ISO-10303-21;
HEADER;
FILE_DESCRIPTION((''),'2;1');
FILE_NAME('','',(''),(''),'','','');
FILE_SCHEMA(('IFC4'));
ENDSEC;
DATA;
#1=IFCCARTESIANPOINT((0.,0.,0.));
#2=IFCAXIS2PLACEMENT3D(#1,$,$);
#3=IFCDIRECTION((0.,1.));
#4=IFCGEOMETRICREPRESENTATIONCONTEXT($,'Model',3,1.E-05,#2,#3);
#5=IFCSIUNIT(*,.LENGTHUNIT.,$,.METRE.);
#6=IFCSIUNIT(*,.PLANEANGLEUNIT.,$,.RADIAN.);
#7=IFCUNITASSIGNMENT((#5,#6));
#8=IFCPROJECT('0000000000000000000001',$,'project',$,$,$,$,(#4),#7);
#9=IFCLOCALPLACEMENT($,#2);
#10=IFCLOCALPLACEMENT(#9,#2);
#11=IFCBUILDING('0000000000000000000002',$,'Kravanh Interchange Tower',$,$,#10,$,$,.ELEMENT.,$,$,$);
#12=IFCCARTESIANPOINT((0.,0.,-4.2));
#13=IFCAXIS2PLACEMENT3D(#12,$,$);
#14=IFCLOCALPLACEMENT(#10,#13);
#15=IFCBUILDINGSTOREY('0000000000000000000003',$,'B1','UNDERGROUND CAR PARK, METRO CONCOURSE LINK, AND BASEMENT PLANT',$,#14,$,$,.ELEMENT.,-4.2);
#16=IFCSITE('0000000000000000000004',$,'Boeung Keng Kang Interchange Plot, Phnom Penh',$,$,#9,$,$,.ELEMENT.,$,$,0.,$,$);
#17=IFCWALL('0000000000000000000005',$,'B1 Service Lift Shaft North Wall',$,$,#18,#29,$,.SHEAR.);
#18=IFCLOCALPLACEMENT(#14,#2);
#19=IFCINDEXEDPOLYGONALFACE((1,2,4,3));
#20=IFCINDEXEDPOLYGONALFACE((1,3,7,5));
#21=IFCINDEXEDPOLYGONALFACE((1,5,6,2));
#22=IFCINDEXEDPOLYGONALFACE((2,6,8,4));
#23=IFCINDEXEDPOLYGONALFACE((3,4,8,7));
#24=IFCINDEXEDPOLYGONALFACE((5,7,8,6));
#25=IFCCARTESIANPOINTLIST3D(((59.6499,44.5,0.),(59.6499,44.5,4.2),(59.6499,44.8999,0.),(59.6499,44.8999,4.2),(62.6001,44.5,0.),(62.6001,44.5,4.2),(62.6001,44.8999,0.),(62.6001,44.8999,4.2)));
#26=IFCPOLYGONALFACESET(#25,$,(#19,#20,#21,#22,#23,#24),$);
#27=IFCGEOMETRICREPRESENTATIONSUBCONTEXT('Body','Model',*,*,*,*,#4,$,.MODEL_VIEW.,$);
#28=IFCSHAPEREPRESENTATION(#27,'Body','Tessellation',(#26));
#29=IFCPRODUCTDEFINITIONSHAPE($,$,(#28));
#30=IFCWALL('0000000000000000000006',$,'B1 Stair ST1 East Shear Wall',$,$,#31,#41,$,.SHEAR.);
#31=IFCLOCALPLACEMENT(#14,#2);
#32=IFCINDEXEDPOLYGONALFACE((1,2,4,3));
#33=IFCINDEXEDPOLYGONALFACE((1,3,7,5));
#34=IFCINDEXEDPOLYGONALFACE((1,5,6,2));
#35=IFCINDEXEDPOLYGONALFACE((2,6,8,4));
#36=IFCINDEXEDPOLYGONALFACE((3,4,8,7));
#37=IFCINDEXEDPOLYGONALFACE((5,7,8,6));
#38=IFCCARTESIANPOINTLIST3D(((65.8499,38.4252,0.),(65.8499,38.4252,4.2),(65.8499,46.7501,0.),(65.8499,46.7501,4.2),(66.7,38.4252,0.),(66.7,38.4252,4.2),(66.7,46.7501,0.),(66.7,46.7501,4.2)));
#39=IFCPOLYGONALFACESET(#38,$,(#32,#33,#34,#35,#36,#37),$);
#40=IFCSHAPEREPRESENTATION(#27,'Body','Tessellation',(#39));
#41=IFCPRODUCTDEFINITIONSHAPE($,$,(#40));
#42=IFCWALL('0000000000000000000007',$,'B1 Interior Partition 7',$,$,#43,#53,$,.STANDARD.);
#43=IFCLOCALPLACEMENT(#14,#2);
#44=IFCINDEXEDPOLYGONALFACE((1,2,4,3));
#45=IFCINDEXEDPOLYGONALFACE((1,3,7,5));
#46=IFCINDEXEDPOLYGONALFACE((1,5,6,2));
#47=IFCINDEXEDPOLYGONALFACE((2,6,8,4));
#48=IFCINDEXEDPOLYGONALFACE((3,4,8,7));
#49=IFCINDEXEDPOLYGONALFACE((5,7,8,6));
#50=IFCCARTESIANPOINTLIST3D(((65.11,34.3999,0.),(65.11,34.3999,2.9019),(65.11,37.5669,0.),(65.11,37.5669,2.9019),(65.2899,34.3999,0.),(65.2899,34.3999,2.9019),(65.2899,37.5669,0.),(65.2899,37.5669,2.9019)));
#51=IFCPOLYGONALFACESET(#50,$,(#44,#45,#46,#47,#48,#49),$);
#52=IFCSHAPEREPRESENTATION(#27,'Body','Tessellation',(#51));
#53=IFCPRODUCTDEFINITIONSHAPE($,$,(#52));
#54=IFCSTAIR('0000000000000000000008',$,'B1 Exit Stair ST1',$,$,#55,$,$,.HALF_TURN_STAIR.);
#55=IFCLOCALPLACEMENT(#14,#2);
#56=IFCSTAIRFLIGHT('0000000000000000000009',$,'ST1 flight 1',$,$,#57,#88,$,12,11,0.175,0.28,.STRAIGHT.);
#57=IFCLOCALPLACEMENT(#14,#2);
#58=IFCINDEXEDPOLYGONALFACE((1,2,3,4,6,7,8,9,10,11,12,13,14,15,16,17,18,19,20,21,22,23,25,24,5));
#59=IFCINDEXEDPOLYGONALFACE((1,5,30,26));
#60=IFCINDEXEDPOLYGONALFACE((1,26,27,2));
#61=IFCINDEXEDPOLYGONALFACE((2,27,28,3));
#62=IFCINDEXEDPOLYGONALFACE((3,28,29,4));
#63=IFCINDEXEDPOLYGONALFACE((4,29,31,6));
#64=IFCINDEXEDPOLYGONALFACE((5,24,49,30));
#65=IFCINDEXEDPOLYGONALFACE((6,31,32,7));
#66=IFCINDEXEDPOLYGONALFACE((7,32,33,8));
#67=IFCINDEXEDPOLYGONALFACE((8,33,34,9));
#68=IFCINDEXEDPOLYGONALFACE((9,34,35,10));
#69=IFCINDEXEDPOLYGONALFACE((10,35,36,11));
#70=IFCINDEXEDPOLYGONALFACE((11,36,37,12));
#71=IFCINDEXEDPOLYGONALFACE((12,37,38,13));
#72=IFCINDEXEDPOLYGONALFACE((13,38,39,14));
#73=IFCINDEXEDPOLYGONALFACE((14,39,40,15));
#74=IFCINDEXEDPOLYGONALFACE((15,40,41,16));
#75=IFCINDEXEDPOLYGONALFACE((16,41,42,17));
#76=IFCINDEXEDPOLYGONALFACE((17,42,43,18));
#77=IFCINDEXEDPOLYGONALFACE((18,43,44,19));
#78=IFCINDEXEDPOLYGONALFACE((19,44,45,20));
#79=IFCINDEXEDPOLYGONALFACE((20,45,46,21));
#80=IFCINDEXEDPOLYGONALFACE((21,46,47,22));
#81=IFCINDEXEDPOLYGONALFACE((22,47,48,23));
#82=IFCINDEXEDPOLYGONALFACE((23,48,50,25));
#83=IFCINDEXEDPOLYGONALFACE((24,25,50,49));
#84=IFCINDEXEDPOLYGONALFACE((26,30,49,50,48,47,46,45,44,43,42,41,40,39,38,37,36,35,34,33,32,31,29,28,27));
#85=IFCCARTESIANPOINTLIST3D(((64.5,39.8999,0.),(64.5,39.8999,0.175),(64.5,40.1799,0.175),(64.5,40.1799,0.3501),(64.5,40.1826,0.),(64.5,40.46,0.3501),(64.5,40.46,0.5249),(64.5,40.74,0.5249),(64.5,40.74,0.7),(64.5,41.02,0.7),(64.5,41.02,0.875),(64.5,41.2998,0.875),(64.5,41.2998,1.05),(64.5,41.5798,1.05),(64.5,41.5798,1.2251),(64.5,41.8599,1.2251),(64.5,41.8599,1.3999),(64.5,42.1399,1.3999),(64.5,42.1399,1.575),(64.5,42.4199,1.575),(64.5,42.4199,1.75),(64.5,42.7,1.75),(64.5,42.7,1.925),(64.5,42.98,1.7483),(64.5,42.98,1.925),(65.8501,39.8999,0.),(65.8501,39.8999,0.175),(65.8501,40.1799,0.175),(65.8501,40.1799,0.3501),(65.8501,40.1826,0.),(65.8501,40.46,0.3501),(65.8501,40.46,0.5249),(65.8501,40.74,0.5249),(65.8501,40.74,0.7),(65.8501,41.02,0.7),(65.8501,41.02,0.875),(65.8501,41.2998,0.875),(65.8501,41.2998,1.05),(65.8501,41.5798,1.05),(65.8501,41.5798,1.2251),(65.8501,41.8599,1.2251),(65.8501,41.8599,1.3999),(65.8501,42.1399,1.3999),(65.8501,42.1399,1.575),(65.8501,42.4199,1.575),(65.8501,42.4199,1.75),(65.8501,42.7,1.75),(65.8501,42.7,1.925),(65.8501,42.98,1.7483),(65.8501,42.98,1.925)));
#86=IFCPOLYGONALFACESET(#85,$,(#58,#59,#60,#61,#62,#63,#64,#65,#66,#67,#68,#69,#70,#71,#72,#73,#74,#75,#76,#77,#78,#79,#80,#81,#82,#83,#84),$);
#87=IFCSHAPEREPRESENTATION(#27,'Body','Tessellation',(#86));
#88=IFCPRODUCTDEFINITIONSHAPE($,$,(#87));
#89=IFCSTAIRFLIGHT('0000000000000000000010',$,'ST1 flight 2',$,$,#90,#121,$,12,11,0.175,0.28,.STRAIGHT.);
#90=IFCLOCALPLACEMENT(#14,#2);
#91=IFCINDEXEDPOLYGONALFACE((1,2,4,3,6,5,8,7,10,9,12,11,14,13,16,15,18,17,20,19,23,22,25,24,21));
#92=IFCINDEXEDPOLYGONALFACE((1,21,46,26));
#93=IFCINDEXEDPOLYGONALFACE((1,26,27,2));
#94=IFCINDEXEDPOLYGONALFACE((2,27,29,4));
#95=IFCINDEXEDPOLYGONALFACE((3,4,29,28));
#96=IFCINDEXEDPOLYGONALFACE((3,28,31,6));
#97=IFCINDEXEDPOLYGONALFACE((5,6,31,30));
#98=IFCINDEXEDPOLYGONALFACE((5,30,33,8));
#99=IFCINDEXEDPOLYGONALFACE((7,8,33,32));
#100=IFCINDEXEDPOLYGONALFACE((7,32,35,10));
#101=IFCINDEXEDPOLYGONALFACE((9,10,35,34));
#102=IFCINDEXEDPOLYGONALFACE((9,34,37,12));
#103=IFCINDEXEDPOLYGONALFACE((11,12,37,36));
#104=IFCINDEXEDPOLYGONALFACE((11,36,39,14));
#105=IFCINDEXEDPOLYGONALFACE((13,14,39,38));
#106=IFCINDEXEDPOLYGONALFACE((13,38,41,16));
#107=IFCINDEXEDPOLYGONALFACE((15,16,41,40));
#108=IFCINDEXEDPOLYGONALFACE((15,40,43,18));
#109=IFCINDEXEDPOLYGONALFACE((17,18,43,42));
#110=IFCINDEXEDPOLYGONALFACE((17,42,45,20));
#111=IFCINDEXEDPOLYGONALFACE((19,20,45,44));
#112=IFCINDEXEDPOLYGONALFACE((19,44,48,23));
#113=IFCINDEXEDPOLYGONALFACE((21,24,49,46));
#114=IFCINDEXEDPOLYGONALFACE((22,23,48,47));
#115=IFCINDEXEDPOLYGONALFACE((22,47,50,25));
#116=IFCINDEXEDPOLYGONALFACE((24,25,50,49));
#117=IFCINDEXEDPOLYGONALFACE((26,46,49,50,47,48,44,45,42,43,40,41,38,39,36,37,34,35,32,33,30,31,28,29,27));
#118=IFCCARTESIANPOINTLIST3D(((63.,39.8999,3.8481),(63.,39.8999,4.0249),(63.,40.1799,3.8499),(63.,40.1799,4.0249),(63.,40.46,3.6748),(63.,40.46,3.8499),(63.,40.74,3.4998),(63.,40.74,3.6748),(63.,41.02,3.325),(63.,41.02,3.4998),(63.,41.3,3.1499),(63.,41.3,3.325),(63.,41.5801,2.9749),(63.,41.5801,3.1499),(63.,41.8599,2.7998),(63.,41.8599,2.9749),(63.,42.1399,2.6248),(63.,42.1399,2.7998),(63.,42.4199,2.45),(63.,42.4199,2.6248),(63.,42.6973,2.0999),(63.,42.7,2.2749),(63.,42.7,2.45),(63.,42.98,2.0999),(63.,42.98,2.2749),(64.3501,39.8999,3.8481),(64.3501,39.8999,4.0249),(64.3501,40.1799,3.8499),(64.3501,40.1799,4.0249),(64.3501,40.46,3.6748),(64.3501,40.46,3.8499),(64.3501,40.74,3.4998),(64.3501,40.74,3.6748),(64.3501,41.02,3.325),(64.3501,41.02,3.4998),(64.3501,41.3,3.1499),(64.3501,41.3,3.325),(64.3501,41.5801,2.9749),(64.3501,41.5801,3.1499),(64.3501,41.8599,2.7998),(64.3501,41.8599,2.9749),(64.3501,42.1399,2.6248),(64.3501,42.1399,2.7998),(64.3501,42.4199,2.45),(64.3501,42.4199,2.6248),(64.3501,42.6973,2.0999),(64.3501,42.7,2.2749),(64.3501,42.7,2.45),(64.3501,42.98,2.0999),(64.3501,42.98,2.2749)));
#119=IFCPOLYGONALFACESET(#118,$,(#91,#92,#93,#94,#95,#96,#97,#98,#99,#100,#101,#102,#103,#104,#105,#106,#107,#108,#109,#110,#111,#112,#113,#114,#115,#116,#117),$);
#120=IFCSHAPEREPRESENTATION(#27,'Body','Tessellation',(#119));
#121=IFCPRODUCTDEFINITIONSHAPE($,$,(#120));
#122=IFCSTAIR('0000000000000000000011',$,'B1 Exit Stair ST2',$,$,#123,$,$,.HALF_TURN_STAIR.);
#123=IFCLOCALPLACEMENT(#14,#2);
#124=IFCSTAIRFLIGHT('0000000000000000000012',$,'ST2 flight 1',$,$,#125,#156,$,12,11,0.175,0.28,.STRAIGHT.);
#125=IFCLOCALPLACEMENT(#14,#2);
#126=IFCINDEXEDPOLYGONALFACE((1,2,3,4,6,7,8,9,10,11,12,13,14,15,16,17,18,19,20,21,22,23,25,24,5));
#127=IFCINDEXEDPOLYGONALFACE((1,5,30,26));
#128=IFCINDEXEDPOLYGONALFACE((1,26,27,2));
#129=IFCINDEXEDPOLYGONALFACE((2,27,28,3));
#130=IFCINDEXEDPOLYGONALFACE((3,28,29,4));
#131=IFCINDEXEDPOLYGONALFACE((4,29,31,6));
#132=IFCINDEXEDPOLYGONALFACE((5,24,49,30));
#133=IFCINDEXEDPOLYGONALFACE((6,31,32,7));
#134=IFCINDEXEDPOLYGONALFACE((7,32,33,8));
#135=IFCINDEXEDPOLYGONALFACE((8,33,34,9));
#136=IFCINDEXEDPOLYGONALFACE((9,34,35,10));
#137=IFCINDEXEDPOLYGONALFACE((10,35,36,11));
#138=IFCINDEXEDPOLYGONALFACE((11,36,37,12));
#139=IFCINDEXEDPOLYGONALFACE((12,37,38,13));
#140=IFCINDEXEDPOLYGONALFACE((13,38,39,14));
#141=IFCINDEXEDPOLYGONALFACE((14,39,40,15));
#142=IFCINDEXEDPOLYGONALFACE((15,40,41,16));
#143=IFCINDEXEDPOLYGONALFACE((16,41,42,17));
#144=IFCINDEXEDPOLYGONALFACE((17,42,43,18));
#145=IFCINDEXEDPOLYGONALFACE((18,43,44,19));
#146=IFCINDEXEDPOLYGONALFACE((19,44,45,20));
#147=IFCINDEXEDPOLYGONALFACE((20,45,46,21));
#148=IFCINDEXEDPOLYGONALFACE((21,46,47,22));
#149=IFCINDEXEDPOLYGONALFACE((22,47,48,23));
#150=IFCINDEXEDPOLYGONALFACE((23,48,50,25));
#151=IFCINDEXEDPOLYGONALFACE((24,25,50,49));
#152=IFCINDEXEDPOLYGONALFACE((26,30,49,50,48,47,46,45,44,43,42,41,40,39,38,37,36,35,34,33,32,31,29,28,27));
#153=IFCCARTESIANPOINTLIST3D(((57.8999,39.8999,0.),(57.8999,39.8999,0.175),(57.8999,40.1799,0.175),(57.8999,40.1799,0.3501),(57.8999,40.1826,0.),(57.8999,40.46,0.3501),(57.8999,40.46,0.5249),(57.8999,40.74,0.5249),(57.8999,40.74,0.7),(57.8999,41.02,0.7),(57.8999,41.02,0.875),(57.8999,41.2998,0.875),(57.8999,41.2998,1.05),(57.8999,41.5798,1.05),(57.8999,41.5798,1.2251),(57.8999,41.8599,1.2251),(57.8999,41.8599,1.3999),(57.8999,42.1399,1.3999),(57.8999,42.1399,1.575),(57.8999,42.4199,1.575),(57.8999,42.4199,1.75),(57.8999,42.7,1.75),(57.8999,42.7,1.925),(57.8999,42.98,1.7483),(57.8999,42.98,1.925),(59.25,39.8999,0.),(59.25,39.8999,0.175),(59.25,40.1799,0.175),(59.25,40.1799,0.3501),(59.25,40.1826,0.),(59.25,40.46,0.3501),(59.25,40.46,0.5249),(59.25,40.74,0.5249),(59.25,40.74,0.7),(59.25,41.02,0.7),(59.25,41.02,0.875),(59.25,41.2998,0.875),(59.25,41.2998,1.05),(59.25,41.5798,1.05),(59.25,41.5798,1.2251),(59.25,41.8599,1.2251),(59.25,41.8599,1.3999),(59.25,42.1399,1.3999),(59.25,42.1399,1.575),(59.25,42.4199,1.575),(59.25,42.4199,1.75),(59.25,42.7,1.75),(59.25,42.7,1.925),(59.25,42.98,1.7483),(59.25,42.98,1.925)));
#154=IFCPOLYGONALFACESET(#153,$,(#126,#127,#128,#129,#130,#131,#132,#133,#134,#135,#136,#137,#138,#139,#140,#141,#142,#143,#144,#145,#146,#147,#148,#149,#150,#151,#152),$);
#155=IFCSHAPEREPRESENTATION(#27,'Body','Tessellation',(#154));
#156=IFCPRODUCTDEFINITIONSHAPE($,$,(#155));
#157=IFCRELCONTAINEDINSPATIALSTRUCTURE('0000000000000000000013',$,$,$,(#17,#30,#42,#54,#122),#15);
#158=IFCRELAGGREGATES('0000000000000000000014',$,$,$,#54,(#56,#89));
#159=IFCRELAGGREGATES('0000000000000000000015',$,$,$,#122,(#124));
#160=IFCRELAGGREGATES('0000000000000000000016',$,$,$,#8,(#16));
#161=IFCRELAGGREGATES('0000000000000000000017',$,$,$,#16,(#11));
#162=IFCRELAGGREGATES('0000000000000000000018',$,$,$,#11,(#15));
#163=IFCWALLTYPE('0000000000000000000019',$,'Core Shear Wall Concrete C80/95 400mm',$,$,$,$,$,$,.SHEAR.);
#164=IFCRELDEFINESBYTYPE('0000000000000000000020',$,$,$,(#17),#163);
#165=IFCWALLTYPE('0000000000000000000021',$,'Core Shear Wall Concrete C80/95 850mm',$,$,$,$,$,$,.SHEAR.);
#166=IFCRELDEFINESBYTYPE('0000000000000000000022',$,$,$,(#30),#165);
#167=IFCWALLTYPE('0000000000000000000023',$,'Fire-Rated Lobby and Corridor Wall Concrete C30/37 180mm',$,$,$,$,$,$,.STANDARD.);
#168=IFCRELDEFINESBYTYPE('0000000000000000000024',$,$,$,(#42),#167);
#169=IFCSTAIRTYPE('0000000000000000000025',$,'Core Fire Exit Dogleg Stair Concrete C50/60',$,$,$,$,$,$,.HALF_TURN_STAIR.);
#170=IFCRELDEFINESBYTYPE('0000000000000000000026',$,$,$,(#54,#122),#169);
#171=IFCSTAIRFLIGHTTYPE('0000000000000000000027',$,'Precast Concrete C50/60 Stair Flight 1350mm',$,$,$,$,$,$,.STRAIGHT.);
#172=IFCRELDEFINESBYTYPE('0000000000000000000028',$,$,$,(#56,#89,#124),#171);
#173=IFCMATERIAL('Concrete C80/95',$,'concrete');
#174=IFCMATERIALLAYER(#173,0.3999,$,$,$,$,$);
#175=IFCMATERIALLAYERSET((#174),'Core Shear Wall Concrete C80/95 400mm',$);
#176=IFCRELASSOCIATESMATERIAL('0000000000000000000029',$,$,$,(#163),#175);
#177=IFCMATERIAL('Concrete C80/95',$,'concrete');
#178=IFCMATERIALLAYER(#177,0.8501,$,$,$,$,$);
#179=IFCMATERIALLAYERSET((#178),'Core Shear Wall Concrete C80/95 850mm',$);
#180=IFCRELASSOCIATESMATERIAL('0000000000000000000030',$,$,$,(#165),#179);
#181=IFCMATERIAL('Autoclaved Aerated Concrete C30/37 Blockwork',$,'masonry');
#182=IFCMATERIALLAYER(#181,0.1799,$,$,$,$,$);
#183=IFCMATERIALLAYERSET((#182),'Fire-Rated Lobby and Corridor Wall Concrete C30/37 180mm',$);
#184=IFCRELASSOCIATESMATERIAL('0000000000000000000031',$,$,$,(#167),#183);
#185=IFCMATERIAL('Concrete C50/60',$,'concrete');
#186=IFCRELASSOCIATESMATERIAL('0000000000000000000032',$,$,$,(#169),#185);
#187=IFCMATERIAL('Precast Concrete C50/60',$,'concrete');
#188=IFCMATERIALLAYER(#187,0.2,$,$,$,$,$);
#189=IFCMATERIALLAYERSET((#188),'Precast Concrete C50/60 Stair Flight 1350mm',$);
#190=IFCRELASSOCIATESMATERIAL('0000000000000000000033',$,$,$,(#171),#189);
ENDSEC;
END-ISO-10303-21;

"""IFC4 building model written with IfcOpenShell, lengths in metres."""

from ifc_helpers import new_model, si_unit, direction, frame, frame_2d, origin, place, context, subcontext, project, spatial, polyline, rectangle, outline, extrude, material, layer, layer_set, type_object, element, aggregate, save


model = new_model("IFC4")

# Units and contexts
model_context = context("Model", 3, precision=1e-05, world=origin(), true_north=direction((0.0, 1.0)))
body_context = subcontext(model_context, "Body", "Model", "MODEL_VIEW")
ifc_project = project(units=[si_unit("LENGTHUNIT", "METRE"), si_unit("PLANEANGLEUNIT", "RADIAN")], contexts=[model_context])

# Site, building, storey
site_placement = place(None, origin())
site = spatial("IfcSite", under=ifc_project, at=site_placement, Name="Boeung Keng Kang Interchange Plot, Phnom Penh", CompositionType="ELEMENT", RefElevation=0.0)
building_placement = place(site_placement, origin())
building = spatial("IfcBuilding", under=site, at=building_placement, Name="Kravanh Interchange Tower", CompositionType="ELEMENT")
storey_placement = place(building_placement, frame((0.0, 0.0, -4.2)))
storey = spatial("IfcBuildingStorey", under=building, at=storey_placement, Name="B1", Description="UNDERGROUND CAR PARK, METRO CONCOURSE LINK, AND BASEMENT PLANT", CompositionType="ELEMENT", Elevation=-4.2)

# Shared definitions
ifc_material_1 = material(Name="Concrete C80/95", Category="concrete")
ifc_layer_1 = layer(ifc_material_1, 0.3999)
ifc_layer_set_1 = layer_set([ifc_layer_1], Name="Core Shear Wall Concrete C80/95 400mm")
wall_type_1 = type_object("IfcWallType", Name="Core Shear Wall Concrete C80/95 400mm", PredefinedType="SHEAR", material=ifc_layer_set_1)

# Walls
wall_1_placement = place(storey_placement, frame((59.6499, 44.7, 0.0), z_axis=(0.0, 0.0, 1.0), x_axis=(1.0, 0.0, 0.0)))
element("IfcWall", 1, at=wall_1_placement, inside=storey, type_object=wall_type_1, Name="B1 Service Lift Shaft North Wall", PredefinedType="SHEAR", context=body_context, shape_type="SweptSolid", body=[
    extrude(rectangle(XDim=2.9502, YDim=0.3999, at=frame_2d((1.4751, 0.0))), origin(), (0.0, 0.0, 1.0), 4.2),
])
ifc_material_2 = material(Name="Concrete C80/95", Category="concrete")
ifc_layer_2 = layer(ifc_material_2, 0.8501)
ifc_layer_set_2 = layer_set([ifc_layer_2], Name="Core Shear Wall Concrete C80/95 850mm")
wall_type_2 = type_object("IfcWallType", Name="Core Shear Wall Concrete C80/95 850mm", PredefinedType="SHEAR", material=ifc_layer_set_2)
wall_2_placement = place(storey_placement, frame((66.2749, 38.425, 0.0), z_axis=(0.0, 0.0, 1.0), x_axis=(0.0, 1.0, 0.0)))
element("IfcWall", 2, at=wall_2_placement, inside=storey, type_object=wall_type_2, Name="B1 Stair ST1 East Shear Wall", PredefinedType="SHEAR", context=body_context, shape_type="SweptSolid", body=[
    extrude(rectangle(XDim=8.325, YDim=0.8501, at=frame_2d((4.1626, 0.0))), origin(), (0.0, 0.0, 1.0), 4.2),
])
ifc_material_3 = material(Name="Autoclaved Aerated Concrete C30/37 Blockwork", Category="masonry")
ifc_layer_3 = layer(ifc_material_3, 0.1799)
ifc_layer_set_3 = layer_set([ifc_layer_3], Name="Fire-Rated Lobby and Corridor Wall Concrete C30/37 180mm")
wall_type_3 = type_object("IfcWallType", Name="Fire-Rated Lobby and Corridor Wall Concrete C30/37 180mm", PredefinedType="STANDARD", material=ifc_layer_set_3)
wall_3_placement = place(storey_placement, frame((65.2, 34.3999, 0.0), z_axis=(0.0, 0.0, 1.0), x_axis=(0.0, 1.0, 0.0)))
element("IfcWall", 3, at=wall_3_placement, inside=storey, type_object=wall_type_3, Name="B1 Interior Partition 7", PredefinedType="STANDARD", context=body_context, shape_type="SweptSolid", body=[
    extrude(rectangle(XDim=3.167, YDim=0.1799, at=frame_2d((1.5835, 0.0))), origin(), (0.0, 0.0, 1.0), 2.9019),
])

# Stairs, stair flights
ifc_material_4 = material(Name="Concrete C50/60", Category="concrete")
stair_type = type_object("IfcStairType", Name="Core Fire Exit Dogleg Stair Concrete C50/60", PredefinedType="HALF_TURN_STAIR", material=ifc_material_4)
stair_1_placement = place(storey_placement, origin())
stair_1 = element("IfcStair", 4, at=stair_1_placement, inside=storey, type_object=stair_type, Name="B1 Exit Stair ST1", PredefinedType="HALF_TURN_STAIR")
ifc_material_5 = material(Name="Precast Concrete C50/60", Category="concrete")
ifc_layer_4 = layer(ifc_material_5, 0.2)
ifc_layer_set_4 = layer_set([ifc_layer_4], Name="Precast Concrete C50/60 Stair Flight 1350mm")
stair_flight_type = type_object("IfcStairFlightType", Name="Precast Concrete C50/60 Stair Flight 1350mm", PredefinedType="STRAIGHT", material=ifc_layer_set_4)
stair_flight_1_placement = place(storey_placement, frame((65.175, 39.8999, 0.0), z_axis=(0.0, 0.0, 1.0), x_axis=(0.0, 1.0, 0.0)))
stair_flight_1 = element("IfcStairFlight", 5, at=stair_flight_1_placement, type_object=stair_flight_type, Name="ST1 flight 1", NumberOfRisers=12, NumberOfTreads=11, PredefinedType="STRAIGHT", RiserHeight=0.175, TreadLength=0.28, context=body_context, shape_type="SweptSolid", body=[
    extrude(outline(polyline([(0.0, 0.0), (0.0, 0.175), (0.28, 0.175), (0.28, 0.3501), (0.5601, 0.3501), (0.5601, 0.5249), (0.8401, 0.5249), (0.8401, 0.7), (1.1201, 0.7), (1.1201, 0.875), (1.3999, 0.875), (1.3999, 1.05), (1.6799, 1.05), (1.6799, 1.2251), (1.96, 1.2251), (1.96, 1.3999), (2.24, 1.3999), (2.24, 1.575), (2.52, 1.575), (2.52, 1.75), (2.8, 1.75), (2.8, 1.925), (3.0801, 1.925), (3.0801, 2.1001), (3.0801, 1.7483), (0.2827, 0.0), (0.0, 0.0)])), frame((0.0, 0.675, 0.0), z_axis=(0.0, -1.0, 0.0), x_axis=(1.0, 0.0, 0.0)), (0.0, 0.0, 1.0), 1.3501),
])
stair_flight_2_placement = place(storey_placement, frame((63.675, 42.98, 2.0999), z_axis=(0.0, 0.0, 1.0), x_axis=(0.0, -1.0, 0.0)))
stair_flight_2 = element("IfcStairFlight", 6, at=stair_flight_2_placement, type_object=stair_flight_type, Name="ST1 flight 2", NumberOfRisers=12, NumberOfTreads=11, PredefinedType="STRAIGHT", RiserHeight=0.175, TreadLength=0.28, context=body_context, shape_type="SweptSolid", body=[
    extrude(outline(polyline([(0.0, 0.0), (0.0, 0.175), (0.28, 0.175), (0.28, 0.3501), (0.5601, 0.3501), (0.5601, 0.5249), (0.8401, 0.5249), (0.8401, 0.7), (1.1201, 0.7), (1.1201, 0.875), (1.3999, 0.875), (1.3999, 1.05), (1.6799, 1.05), (1.6799, 1.2251), (1.96, 1.2251), (1.96, 1.3999), (2.24, 1.3999), (2.24, 1.575), (2.52, 1.575), (2.52, 1.75), (2.8, 1.75), (2.8, 1.925), (3.0801, 1.925), (3.0801, 2.1001), (3.0801, 1.7483), (0.2827, 0.0), (0.0, 0.0)])), frame((0.0, 0.675, 0.0), z_axis=(0.0, -1.0, 0.0), x_axis=(1.0, 0.0, 0.0)), (0.0, 0.0, 1.0), 1.3501),
])
aggregate(stair_1, [stair_flight_1, stair_flight_2])
stair_2_placement = place(storey_placement, origin())
stair_2 = element("IfcStair", 7, at=stair_2_placement, inside=storey, type_object=stair_type, Name="B1 Exit Stair ST2", PredefinedType="HALF_TURN_STAIR")
stair_flight_3_placement = place(storey_placement, frame((58.575, 39.8999, 0.0), z_axis=(0.0, 0.0, 1.0), x_axis=(0.0, 1.0, 0.0)))
stair_flight_3 = element("IfcStairFlight", 8, at=stair_flight_3_placement, type_object=stair_flight_type, Name="ST2 flight 1", NumberOfRisers=12, NumberOfTreads=11, PredefinedType="STRAIGHT", RiserHeight=0.175, TreadLength=0.28, context=body_context, shape_type="SweptSolid", body=[
    extrude(outline(polyline([(0.0, 0.0), (0.0, 0.175), (0.28, 0.175), (0.28, 0.3501), (0.5601, 0.3501), (0.5601, 0.5249), (0.8401, 0.5249), (0.8401, 0.7), (1.1201, 0.7), (1.1201, 0.875), (1.3999, 0.875), (1.3999, 1.05), (1.6799, 1.05), (1.6799, 1.2251), (1.96, 1.2251), (1.96, 1.3999), (2.24, 1.3999), (2.24, 1.575), (2.52, 1.575), (2.52, 1.75), (2.8, 1.75), (2.8, 1.925), (3.0801, 1.925), (3.0801, 2.1001), (3.0801, 1.7483), (0.2827, 0.0), (0.0, 0.0)])), frame((0.0, 0.675, 0.0), z_axis=(0.0, -1.0, 0.0), x_axis=(1.0, 0.0, 0.0)), (0.0, 0.0, 1.0), 1.3501),
])
aggregate(stair_2, [stair_flight_3])

save(model, "model.ifc")
